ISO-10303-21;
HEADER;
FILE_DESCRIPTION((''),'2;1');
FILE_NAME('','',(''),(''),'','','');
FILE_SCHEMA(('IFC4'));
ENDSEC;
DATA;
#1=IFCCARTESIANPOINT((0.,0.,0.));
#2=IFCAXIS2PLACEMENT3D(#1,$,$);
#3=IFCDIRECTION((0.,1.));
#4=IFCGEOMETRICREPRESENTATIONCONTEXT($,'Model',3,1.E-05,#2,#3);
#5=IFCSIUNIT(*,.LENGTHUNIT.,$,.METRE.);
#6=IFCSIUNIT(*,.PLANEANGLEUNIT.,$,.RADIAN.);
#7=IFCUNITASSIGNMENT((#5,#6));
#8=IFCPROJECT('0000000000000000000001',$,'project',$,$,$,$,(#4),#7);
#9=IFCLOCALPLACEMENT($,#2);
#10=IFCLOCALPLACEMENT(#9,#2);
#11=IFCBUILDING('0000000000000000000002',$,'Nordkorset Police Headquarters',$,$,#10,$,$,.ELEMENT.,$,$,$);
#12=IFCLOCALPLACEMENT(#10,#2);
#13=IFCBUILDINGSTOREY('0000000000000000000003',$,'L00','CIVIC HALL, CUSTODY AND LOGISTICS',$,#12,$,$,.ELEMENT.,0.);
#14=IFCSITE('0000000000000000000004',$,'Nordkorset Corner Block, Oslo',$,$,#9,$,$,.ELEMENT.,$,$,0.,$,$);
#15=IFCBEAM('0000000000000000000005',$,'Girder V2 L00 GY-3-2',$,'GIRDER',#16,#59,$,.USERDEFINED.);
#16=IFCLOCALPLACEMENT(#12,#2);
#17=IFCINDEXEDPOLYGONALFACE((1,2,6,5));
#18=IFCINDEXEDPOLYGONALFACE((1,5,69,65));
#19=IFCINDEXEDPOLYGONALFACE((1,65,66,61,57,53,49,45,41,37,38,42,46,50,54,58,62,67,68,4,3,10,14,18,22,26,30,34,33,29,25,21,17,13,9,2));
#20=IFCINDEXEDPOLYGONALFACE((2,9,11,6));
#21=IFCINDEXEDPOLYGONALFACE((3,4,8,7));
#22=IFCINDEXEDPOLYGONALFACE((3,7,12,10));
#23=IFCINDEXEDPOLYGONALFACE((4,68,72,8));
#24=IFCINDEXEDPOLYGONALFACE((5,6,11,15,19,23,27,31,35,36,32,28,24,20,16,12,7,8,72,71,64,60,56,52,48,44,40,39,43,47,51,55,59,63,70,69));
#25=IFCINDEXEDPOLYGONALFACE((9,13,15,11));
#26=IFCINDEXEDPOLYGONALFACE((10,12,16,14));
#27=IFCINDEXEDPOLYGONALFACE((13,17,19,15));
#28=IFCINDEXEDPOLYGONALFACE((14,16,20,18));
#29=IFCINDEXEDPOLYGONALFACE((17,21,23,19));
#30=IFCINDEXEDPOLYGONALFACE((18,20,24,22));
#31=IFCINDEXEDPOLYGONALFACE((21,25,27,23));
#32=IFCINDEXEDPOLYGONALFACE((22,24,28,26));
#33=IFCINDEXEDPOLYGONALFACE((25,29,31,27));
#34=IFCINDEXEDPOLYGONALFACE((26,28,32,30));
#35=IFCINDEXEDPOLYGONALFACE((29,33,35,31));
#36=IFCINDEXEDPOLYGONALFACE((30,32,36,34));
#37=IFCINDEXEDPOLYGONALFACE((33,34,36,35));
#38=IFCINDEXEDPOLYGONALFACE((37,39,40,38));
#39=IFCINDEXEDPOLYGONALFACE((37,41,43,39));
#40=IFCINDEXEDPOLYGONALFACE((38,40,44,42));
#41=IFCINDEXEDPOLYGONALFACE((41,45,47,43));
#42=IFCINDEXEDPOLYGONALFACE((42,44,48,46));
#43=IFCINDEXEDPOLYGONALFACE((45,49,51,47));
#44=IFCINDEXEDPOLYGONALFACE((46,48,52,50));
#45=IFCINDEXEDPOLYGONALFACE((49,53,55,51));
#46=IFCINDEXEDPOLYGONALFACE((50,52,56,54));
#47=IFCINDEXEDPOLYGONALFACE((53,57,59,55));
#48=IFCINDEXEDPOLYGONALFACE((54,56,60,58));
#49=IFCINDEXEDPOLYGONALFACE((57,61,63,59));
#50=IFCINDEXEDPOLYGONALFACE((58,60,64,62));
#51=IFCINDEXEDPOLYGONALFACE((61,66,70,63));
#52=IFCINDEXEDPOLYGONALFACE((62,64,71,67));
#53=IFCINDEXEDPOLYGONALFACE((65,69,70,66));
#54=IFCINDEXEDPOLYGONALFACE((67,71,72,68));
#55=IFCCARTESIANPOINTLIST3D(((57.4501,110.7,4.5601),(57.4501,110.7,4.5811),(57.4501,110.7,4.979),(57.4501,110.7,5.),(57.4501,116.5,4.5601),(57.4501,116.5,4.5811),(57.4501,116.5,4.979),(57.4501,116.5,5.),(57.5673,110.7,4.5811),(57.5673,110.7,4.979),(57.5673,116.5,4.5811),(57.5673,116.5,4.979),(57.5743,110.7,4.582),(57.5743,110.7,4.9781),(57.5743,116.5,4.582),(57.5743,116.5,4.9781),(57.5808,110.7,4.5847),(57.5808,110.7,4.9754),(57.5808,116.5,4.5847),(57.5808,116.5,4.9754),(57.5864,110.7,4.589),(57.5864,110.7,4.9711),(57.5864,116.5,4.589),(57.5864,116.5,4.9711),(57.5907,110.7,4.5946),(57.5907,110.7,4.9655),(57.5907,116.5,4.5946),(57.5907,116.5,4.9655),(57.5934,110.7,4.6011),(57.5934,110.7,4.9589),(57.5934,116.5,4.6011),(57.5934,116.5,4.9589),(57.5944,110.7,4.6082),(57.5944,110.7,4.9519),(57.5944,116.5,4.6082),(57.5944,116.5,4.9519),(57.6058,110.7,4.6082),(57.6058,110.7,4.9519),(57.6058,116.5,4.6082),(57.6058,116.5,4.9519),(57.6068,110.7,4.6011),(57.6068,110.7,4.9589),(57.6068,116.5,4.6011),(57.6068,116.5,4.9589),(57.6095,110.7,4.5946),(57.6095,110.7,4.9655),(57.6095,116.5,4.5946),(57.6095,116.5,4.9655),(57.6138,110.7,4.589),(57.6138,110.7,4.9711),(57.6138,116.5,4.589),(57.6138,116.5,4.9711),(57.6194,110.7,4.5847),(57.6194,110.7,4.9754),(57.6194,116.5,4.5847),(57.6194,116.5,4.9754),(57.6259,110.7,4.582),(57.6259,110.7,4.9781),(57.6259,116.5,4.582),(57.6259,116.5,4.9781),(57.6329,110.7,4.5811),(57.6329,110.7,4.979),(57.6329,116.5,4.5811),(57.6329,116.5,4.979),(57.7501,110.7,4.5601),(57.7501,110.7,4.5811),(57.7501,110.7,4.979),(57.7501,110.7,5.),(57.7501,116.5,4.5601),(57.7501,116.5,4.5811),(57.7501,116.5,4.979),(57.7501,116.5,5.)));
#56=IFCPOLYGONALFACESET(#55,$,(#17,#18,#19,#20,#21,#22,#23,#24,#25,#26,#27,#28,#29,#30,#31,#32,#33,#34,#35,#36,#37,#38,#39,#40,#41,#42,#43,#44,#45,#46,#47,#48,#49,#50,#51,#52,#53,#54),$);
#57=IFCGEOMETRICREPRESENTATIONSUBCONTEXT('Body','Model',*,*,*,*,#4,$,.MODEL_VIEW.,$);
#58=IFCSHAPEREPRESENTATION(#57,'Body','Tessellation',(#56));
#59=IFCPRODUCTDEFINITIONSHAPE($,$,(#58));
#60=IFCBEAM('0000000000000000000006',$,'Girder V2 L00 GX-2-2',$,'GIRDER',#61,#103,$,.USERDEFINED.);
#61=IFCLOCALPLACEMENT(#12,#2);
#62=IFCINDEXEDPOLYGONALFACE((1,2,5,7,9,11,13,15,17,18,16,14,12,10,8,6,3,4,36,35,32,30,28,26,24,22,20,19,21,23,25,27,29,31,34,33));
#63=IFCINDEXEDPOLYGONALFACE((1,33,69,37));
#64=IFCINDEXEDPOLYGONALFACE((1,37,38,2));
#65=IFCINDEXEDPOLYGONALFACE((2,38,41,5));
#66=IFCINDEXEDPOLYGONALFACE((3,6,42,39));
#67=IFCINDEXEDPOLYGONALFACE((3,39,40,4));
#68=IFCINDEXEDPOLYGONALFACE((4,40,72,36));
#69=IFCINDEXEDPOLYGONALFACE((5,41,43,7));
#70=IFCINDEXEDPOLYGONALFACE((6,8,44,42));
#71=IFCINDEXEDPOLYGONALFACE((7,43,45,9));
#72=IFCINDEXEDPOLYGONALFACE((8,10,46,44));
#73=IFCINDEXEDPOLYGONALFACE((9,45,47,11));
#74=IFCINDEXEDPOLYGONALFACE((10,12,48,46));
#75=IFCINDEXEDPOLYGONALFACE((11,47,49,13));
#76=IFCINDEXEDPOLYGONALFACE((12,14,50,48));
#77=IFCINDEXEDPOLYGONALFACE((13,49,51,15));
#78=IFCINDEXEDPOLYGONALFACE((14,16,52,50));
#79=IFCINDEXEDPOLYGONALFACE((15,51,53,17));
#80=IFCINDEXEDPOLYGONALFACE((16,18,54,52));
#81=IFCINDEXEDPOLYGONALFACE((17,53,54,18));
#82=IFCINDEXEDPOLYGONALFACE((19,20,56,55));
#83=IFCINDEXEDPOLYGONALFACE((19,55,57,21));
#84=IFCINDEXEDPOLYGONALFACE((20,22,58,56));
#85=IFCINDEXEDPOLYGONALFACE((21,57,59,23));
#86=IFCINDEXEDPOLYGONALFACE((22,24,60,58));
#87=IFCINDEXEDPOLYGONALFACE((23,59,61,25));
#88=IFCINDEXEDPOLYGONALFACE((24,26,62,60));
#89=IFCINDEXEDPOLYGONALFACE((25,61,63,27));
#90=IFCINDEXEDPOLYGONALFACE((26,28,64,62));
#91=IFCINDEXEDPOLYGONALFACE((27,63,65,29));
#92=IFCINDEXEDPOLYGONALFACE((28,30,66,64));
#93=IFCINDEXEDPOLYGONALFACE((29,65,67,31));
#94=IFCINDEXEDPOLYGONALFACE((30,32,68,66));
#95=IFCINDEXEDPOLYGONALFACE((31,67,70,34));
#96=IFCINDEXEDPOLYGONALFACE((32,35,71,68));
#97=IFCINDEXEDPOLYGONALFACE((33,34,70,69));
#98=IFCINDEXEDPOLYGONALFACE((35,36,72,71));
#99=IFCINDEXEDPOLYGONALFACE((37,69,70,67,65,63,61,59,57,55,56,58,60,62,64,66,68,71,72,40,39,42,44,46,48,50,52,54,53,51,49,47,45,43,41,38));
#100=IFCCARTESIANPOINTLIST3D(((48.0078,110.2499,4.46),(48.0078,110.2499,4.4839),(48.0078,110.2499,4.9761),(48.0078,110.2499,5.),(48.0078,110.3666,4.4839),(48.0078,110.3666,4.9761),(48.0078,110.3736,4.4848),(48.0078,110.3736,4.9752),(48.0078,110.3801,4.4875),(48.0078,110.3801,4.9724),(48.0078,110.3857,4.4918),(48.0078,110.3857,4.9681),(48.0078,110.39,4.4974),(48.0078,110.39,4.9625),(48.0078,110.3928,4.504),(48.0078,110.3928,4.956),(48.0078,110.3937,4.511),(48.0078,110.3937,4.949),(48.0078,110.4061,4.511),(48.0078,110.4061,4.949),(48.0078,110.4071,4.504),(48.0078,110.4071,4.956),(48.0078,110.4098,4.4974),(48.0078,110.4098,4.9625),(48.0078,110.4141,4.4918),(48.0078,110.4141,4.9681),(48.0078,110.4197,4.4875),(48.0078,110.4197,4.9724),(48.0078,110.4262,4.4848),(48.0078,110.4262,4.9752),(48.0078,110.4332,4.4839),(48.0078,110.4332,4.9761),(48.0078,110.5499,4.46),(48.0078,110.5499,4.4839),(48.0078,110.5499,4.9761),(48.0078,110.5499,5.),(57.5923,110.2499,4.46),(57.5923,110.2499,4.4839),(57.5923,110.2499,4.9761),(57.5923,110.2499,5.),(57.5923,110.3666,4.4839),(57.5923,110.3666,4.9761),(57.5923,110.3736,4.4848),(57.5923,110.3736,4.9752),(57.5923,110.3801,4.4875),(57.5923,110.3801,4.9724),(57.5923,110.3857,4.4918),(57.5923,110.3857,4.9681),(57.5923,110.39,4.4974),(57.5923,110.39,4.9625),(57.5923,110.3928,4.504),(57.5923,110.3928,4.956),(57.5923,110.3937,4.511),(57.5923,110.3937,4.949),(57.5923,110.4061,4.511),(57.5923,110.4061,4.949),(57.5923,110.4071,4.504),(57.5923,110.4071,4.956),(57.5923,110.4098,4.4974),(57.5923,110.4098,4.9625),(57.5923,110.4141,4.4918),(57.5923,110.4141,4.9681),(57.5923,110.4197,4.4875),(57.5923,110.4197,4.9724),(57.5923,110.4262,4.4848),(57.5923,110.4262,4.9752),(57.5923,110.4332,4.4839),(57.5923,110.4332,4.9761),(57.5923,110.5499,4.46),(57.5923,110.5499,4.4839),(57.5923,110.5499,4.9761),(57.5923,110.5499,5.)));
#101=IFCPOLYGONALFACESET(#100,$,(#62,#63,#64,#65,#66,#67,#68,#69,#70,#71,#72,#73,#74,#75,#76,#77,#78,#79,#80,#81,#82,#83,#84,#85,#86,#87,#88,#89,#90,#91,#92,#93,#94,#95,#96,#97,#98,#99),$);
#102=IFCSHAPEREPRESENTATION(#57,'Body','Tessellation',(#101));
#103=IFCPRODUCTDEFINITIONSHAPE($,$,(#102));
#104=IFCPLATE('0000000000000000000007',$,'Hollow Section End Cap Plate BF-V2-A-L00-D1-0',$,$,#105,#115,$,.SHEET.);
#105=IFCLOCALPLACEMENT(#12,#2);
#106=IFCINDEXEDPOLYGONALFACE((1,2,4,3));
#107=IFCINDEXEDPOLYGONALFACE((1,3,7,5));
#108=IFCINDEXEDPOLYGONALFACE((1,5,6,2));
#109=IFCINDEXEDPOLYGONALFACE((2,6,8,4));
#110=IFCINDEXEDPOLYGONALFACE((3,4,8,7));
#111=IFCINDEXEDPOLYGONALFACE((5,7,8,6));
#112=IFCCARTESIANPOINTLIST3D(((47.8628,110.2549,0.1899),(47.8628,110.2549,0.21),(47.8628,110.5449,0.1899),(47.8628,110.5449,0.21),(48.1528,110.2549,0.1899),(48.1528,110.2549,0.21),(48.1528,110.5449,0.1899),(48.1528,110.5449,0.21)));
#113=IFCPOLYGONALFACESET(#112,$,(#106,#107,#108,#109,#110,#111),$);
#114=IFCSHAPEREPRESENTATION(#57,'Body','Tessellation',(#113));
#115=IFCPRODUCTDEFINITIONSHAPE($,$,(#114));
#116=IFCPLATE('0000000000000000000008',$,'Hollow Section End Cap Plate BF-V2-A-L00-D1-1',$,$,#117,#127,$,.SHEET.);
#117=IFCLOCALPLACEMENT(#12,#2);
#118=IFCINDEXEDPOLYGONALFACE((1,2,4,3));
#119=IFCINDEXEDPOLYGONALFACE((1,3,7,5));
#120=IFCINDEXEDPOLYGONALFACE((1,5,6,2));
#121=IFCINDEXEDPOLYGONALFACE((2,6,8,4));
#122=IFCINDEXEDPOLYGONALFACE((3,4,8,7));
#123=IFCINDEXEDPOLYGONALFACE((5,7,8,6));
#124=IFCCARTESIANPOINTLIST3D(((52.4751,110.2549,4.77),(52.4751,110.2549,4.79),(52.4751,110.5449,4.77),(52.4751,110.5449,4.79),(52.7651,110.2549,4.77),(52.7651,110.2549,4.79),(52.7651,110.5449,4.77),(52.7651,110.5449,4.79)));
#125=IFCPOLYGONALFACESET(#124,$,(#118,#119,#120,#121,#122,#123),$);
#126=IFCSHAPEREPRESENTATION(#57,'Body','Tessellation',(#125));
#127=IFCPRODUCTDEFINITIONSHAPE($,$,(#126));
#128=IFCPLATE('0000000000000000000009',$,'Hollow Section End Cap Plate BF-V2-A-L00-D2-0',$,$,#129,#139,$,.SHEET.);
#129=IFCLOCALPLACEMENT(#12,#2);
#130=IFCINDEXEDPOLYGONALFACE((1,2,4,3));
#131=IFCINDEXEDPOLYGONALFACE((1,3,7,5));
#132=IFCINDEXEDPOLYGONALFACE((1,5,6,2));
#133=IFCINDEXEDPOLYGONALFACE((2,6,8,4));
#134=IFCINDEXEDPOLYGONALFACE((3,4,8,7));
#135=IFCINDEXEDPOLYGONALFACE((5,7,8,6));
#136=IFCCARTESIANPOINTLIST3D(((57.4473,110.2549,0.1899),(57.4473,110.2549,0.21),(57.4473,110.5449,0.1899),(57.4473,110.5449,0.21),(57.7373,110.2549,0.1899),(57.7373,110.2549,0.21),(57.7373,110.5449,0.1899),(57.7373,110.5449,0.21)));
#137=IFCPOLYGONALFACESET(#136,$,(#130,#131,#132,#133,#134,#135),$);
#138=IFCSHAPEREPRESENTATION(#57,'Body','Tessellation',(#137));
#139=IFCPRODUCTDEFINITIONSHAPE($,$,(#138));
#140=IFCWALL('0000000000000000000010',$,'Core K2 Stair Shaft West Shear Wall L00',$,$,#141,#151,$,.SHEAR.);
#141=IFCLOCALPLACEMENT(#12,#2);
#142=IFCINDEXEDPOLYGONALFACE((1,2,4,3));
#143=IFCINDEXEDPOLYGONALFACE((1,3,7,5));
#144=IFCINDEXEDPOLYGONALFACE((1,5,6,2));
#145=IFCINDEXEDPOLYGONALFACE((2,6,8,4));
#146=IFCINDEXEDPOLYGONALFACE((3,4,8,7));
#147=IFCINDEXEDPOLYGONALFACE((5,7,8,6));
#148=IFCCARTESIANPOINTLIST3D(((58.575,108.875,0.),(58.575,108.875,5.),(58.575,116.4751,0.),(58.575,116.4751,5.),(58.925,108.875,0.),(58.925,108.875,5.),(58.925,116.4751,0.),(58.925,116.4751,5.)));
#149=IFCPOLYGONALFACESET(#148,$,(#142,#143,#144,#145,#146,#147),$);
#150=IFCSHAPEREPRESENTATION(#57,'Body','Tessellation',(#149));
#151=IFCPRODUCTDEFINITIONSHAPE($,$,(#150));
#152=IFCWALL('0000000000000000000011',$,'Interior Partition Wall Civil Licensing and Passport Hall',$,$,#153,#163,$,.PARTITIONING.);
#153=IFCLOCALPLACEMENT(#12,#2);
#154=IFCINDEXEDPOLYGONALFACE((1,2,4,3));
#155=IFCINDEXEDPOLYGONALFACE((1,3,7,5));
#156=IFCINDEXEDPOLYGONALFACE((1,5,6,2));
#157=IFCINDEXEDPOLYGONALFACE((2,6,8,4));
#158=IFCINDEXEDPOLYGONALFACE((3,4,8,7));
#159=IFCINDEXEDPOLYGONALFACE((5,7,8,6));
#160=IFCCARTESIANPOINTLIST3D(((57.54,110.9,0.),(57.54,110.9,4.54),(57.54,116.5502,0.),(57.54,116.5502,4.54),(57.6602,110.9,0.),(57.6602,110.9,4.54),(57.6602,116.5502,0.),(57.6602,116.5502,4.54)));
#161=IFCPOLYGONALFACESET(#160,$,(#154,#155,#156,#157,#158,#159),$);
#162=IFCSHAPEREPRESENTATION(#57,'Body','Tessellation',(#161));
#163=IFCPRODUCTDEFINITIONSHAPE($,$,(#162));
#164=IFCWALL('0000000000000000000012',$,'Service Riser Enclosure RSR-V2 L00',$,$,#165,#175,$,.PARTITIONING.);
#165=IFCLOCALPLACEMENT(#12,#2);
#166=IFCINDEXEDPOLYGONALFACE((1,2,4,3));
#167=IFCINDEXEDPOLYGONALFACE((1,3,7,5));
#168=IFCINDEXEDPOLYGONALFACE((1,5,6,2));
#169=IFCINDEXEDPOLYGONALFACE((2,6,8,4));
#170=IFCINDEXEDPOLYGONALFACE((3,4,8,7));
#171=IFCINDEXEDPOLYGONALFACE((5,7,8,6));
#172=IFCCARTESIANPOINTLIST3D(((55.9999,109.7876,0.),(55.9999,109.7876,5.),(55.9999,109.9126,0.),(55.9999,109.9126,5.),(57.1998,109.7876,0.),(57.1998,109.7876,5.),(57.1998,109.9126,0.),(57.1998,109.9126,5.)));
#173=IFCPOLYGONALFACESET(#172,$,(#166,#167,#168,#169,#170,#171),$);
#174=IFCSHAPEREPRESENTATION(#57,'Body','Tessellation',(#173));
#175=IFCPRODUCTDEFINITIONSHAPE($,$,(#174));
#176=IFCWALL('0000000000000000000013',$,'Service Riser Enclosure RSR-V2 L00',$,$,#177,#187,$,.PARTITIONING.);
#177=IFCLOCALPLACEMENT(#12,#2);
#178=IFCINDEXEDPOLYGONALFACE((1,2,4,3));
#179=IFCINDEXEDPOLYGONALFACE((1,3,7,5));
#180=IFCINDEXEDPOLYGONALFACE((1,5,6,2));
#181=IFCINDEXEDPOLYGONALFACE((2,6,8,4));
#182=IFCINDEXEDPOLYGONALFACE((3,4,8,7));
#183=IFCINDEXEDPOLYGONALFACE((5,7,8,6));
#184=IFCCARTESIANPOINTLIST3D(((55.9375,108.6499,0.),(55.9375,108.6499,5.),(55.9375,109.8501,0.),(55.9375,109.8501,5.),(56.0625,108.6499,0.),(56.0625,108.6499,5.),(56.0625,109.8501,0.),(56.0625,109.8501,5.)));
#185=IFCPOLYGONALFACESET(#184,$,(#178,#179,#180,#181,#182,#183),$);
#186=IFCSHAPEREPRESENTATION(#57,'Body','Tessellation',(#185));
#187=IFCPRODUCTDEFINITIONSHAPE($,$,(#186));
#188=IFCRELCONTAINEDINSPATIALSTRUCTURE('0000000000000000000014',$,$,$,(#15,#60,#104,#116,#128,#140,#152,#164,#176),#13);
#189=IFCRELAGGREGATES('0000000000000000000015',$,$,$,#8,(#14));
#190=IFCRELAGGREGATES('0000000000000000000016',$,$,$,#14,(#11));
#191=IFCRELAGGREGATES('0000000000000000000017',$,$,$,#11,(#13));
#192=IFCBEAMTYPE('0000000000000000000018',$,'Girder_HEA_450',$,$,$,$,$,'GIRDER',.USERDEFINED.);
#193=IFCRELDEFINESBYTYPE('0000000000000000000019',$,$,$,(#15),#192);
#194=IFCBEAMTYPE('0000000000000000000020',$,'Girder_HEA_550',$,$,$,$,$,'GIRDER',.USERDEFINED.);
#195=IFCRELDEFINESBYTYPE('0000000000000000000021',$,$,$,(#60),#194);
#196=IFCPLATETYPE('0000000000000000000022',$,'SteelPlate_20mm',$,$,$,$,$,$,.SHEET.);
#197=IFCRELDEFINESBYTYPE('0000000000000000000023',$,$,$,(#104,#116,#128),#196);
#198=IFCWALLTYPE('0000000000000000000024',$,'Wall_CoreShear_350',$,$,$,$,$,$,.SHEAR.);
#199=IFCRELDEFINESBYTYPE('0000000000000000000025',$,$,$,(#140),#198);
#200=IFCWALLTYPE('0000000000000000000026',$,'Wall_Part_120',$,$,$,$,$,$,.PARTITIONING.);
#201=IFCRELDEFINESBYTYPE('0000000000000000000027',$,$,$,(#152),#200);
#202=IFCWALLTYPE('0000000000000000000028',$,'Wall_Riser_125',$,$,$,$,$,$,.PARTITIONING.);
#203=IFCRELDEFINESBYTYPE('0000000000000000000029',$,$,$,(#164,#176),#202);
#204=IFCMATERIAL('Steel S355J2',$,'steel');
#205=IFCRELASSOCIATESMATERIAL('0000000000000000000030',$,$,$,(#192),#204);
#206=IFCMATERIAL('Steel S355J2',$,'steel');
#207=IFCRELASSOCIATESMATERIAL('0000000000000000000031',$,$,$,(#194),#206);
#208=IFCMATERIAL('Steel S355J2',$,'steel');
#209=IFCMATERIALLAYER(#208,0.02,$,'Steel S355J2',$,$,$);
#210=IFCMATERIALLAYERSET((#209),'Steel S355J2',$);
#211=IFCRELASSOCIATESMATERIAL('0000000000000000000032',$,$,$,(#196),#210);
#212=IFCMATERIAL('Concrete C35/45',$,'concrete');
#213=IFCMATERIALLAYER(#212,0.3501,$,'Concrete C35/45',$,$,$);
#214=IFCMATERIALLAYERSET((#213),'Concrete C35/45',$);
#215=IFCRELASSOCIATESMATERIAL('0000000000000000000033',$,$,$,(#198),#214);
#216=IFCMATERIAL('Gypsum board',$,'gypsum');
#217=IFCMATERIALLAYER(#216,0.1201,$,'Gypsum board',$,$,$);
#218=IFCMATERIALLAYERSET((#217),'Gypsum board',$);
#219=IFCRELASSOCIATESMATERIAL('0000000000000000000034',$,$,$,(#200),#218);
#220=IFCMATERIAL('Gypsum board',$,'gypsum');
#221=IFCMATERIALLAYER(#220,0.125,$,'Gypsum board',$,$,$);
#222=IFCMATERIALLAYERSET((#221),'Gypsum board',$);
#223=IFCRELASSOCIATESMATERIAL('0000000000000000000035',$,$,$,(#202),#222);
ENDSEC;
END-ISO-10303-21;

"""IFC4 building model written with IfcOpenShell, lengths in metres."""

from ifc_helpers import new_model, si_unit, direction, frame, frame_2d, origin, origin_2d, place, context, subcontext, project, spatial, rectangle, i_section, extrude, material, layer, layer_set, material_profile, profile_set, type_object, element, save


model = new_model("IFC4")

# Units and contexts
model_context = context("Model", 3, precision=1e-05, world=origin(), true_north=direction((0.0, 1.0)))
body_context = subcontext(model_context, "Body", "Model", "MODEL_VIEW")
ifc_project = project(units=[si_unit("LENGTHUNIT", "METRE"), si_unit("PLANEANGLEUNIT", "RADIAN")], contexts=[model_context])

# Site, building, storey
site_placement = place(None, origin())
site = spatial("IfcSite", under=ifc_project, at=site_placement, Name="Nordkorset Corner Block, Oslo", CompositionType="ELEMENT", RefElevation=0.0)
building_placement = place(site_placement, origin())
building = spatial("IfcBuilding", under=site, at=building_placement, Name="Nordkorset Police Headquarters", CompositionType="ELEMENT")
storey_placement = place(building_placement, origin())
storey = spatial("IfcBuildingStorey", under=building, at=storey_placement, Name="L00", Description="CIVIC HALL, CUSTODY AND LOGISTICS", CompositionType="ELEMENT", Elevation=0.0)

# Beams
ifc_material_1 = material(Name="Steel S355J2", Category="steel")
ifc_material_profile_1 = material_profile(ifc_material_1, i_section(OverallWidth=0.3, OverallDepth=0.4399, WebThickness=0.0115, FlangeThickness=0.021, FilletRadius=0.0271, at=origin_2d()), Name="HEA 450")
ifc_profile_set_1 = profile_set([ifc_material_profile_1], Name="Steel S355J2")
beam_type_1 = type_object("IfcBeamType", Name="Girder_HEA_450", ElementType="GIRDER", PredefinedType="USERDEFINED", material=ifc_profile_set_1)
for number, where, z_axis, x_axis, name in (
    (1, (57.6001, 110.7, 4.78), (0.0, 1.0, 0.0), (-1.0, 0.0, 0.0), "Girder V2 L00 GY-3-2"),
):
    element("IfcBeam", number, at=place(storey_placement, frame(where, z_axis=z_axis, x_axis=x_axis)), inside=storey, type_object=beam_type_1, Name=name, ObjectType="GIRDER", PredefinedType="USERDEFINED", context=body_context, shape_type="SweptSolid", body=[
        extrude(i_section(OverallWidth=0.3, OverallDepth=0.4399, WebThickness=0.0115, FlangeThickness=0.021, FilletRadius=0.0271, at=origin_2d()), origin(), (0.0, 0.0, 1.0), 5.8),
    ])
ifc_material_2 = material(Name="Steel S355J2", Category="steel")
ifc_material_profile_2 = material_profile(ifc_material_2, i_section(OverallWidth=0.3, OverallDepth=0.54, WebThickness=0.0125, FlangeThickness=0.0239, FilletRadius=0.0271, at=origin_2d()), Name="HEA 550")
ifc_profile_set_2 = profile_set([ifc_material_profile_2], Name="Steel S355J2")
beam_type_2 = type_object("IfcBeamType", Name="Girder_HEA_550", ElementType="GIRDER", PredefinedType="USERDEFINED", material=ifc_profile_set_2)
beam_1_placement = place(storey_placement, frame((48.0078, 110.3999, 4.73), z_axis=(1.0, 0.0, 0.0), x_axis=(0.0, 1.0, 0.0)))
element("IfcBeam", 2, at=beam_1_placement, inside=storey, type_object=beam_type_2, Name="Girder V2 L00 GX-2-2", ObjectType="GIRDER", PredefinedType="USERDEFINED", context=body_context, shape_type="SweptSolid", body=[
    extrude(i_section(OverallWidth=0.3, OverallDepth=0.54, WebThickness=0.0125, FlangeThickness=0.0239, FilletRadius=0.0271, at=origin_2d()), origin(), (0.0, 0.0, 1.0), 9.5845),
])

# Plates
ifc_material_3 = material(Name="Steel S355J2", Category="steel")
ifc_layer_1 = layer(ifc_material_3, 0.02, Name="Steel S355J2")
ifc_layer_set_1 = layer_set([ifc_layer_1], Name="Steel S355J2")
plate_type = type_object("IfcPlateType", Name="SteelPlate_20mm", PredefinedType="SHEET", material=ifc_layer_set_1)
for number, where, z_axis, x_axis, name in (
    (3, (48.0078, 110.3999, 0.1899), (0.0, 0.0, 1.0), (1.0, 0.0, 0.0), "Hollow Section End Cap Plate BF-V2-A-L00-D1-0"),
    (4, (52.6201, 110.3999, 4.77), (0.0, 0.0, 1.0), (1.0, 0.0, 0.0), "Hollow Section End Cap Plate BF-V2-A-L00-D1-1"),
    (5, (57.5923, 110.3999, 0.1899), (0.0, 0.0, 1.0), (1.0, 0.0, 0.0), "Hollow Section End Cap Plate BF-V2-A-L00-D2-0"),
):
    element("IfcPlate", number, at=place(storey_placement, frame(where, z_axis=z_axis, x_axis=x_axis)), inside=storey, type_object=plate_type, Name=name, PredefinedType="SHEET", context=body_context, shape_type="SweptSolid", body=[
        extrude(rectangle(XDim=0.29, YDim=0.29, at=origin_2d()), origin(), (0.0, 0.0, 1.0), 0.02),
    ])

# Shared definitions
ifc_material_4 = material(Name="Concrete C35/45", Category="concrete")
ifc_layer_2 = layer(ifc_material_4, 0.3501, Name="Concrete C35/45")
ifc_layer_set_2 = layer_set([ifc_layer_2], Name="Concrete C35/45")
wall_type_1 = type_object("IfcWallType", Name="Wall_CoreShear_350", PredefinedType="SHEAR", material=ifc_layer_set_2)

# Walls
wall_1_placement = place(storey_placement, frame((58.75, 108.875, 0.0), z_axis=(0.0, 0.0, 1.0), x_axis=(0.0, 1.0, 0.0)))
element("IfcWall", 6, at=wall_1_placement, inside=storey, type_object=wall_type_1, Name="Core K2 Stair Shaft West Shear Wall L00", PredefinedType="SHEAR", context=body_context, shape_type="SweptSolid", body=[
    extrude(rectangle(XDim=7.6001, YDim=0.3501, at=frame_2d((3.8, 0.0))), origin(), (0.0, 0.0, 1.0), 5.0),
])
ifc_material_5 = material(Name="Gypsum board", Category="gypsum")
ifc_layer_3 = layer(ifc_material_5, 0.1201, Name="Gypsum board")
ifc_layer_set_3 = layer_set([ifc_layer_3], Name="Gypsum board")
wall_type_2 = type_object("IfcWallType", Name="Wall_Part_120", PredefinedType="PARTITIONING", material=ifc_layer_set_3)
wall_2_placement = place(storey_placement, frame((57.6001, 110.8999, 0.0), z_axis=(0.0, 0.0, 1.0), x_axis=(0.0, 1.0, 0.0)))
element("IfcWall", 7, at=wall_2_placement, inside=storey, type_object=wall_type_2, Name="Interior Partition Wall Civil Licensing and Passport Hall", PredefinedType="PARTITIONING", context=body_context, shape_type="SweptSolid", body=[
    extrude(rectangle(XDim=5.6501, YDim=0.1201, at=frame_2d((2.8252, 0.0))), origin(), (0.0, 0.0, 1.0), 4.54),
])
ifc_material_6 = material(Name="Gypsum board", Category="gypsum")
ifc_layer_4 = layer(ifc_material_6, 0.125, Name="Gypsum board")
ifc_layer_set_4 = layer_set([ifc_layer_4], Name="Gypsum board")
wall_type_3 = type_object("IfcWallType", Name="Wall_Riser_125", PredefinedType="PARTITIONING", material=ifc_layer_set_4)
wall_3_placement = place(storey_placement, frame((57.2, 109.8501, 0.0), z_axis=(0.0, 0.0, 1.0), x_axis=(-1.0, 0.0, 0.0)))
element("IfcWall", 8, at=wall_3_placement, inside=storey, type_object=wall_type_3, Name="Service Riser Enclosure RSR-V2 L00", PredefinedType="PARTITIONING", context=body_context, shape_type="SweptSolid", body=[
    extrude(rectangle(XDim=1.2, YDim=0.125, at=frame_2d((0.6001, 0.0))), origin(), (0.0, 0.0, 1.0), 5.0),
])
wall_4_placement = place(storey_placement, frame((56.0, 109.8501, 0.0), z_axis=(0.0, 0.0, 1.0), x_axis=(0.0, -1.0, 0.0)))
element("IfcWall", 9, at=wall_4_placement, inside=storey, type_object=wall_type_3, Name="Service Riser Enclosure RSR-V2 L00", PredefinedType="PARTITIONING", context=body_context, shape_type="SweptSolid", body=[
    extrude(rectangle(XDim=1.2002, YDim=0.125, at=frame_2d((0.6001, 0.0))), origin(), (0.0, 0.0, 1.0), 5.0),
])

save(model, "model.ifc")
